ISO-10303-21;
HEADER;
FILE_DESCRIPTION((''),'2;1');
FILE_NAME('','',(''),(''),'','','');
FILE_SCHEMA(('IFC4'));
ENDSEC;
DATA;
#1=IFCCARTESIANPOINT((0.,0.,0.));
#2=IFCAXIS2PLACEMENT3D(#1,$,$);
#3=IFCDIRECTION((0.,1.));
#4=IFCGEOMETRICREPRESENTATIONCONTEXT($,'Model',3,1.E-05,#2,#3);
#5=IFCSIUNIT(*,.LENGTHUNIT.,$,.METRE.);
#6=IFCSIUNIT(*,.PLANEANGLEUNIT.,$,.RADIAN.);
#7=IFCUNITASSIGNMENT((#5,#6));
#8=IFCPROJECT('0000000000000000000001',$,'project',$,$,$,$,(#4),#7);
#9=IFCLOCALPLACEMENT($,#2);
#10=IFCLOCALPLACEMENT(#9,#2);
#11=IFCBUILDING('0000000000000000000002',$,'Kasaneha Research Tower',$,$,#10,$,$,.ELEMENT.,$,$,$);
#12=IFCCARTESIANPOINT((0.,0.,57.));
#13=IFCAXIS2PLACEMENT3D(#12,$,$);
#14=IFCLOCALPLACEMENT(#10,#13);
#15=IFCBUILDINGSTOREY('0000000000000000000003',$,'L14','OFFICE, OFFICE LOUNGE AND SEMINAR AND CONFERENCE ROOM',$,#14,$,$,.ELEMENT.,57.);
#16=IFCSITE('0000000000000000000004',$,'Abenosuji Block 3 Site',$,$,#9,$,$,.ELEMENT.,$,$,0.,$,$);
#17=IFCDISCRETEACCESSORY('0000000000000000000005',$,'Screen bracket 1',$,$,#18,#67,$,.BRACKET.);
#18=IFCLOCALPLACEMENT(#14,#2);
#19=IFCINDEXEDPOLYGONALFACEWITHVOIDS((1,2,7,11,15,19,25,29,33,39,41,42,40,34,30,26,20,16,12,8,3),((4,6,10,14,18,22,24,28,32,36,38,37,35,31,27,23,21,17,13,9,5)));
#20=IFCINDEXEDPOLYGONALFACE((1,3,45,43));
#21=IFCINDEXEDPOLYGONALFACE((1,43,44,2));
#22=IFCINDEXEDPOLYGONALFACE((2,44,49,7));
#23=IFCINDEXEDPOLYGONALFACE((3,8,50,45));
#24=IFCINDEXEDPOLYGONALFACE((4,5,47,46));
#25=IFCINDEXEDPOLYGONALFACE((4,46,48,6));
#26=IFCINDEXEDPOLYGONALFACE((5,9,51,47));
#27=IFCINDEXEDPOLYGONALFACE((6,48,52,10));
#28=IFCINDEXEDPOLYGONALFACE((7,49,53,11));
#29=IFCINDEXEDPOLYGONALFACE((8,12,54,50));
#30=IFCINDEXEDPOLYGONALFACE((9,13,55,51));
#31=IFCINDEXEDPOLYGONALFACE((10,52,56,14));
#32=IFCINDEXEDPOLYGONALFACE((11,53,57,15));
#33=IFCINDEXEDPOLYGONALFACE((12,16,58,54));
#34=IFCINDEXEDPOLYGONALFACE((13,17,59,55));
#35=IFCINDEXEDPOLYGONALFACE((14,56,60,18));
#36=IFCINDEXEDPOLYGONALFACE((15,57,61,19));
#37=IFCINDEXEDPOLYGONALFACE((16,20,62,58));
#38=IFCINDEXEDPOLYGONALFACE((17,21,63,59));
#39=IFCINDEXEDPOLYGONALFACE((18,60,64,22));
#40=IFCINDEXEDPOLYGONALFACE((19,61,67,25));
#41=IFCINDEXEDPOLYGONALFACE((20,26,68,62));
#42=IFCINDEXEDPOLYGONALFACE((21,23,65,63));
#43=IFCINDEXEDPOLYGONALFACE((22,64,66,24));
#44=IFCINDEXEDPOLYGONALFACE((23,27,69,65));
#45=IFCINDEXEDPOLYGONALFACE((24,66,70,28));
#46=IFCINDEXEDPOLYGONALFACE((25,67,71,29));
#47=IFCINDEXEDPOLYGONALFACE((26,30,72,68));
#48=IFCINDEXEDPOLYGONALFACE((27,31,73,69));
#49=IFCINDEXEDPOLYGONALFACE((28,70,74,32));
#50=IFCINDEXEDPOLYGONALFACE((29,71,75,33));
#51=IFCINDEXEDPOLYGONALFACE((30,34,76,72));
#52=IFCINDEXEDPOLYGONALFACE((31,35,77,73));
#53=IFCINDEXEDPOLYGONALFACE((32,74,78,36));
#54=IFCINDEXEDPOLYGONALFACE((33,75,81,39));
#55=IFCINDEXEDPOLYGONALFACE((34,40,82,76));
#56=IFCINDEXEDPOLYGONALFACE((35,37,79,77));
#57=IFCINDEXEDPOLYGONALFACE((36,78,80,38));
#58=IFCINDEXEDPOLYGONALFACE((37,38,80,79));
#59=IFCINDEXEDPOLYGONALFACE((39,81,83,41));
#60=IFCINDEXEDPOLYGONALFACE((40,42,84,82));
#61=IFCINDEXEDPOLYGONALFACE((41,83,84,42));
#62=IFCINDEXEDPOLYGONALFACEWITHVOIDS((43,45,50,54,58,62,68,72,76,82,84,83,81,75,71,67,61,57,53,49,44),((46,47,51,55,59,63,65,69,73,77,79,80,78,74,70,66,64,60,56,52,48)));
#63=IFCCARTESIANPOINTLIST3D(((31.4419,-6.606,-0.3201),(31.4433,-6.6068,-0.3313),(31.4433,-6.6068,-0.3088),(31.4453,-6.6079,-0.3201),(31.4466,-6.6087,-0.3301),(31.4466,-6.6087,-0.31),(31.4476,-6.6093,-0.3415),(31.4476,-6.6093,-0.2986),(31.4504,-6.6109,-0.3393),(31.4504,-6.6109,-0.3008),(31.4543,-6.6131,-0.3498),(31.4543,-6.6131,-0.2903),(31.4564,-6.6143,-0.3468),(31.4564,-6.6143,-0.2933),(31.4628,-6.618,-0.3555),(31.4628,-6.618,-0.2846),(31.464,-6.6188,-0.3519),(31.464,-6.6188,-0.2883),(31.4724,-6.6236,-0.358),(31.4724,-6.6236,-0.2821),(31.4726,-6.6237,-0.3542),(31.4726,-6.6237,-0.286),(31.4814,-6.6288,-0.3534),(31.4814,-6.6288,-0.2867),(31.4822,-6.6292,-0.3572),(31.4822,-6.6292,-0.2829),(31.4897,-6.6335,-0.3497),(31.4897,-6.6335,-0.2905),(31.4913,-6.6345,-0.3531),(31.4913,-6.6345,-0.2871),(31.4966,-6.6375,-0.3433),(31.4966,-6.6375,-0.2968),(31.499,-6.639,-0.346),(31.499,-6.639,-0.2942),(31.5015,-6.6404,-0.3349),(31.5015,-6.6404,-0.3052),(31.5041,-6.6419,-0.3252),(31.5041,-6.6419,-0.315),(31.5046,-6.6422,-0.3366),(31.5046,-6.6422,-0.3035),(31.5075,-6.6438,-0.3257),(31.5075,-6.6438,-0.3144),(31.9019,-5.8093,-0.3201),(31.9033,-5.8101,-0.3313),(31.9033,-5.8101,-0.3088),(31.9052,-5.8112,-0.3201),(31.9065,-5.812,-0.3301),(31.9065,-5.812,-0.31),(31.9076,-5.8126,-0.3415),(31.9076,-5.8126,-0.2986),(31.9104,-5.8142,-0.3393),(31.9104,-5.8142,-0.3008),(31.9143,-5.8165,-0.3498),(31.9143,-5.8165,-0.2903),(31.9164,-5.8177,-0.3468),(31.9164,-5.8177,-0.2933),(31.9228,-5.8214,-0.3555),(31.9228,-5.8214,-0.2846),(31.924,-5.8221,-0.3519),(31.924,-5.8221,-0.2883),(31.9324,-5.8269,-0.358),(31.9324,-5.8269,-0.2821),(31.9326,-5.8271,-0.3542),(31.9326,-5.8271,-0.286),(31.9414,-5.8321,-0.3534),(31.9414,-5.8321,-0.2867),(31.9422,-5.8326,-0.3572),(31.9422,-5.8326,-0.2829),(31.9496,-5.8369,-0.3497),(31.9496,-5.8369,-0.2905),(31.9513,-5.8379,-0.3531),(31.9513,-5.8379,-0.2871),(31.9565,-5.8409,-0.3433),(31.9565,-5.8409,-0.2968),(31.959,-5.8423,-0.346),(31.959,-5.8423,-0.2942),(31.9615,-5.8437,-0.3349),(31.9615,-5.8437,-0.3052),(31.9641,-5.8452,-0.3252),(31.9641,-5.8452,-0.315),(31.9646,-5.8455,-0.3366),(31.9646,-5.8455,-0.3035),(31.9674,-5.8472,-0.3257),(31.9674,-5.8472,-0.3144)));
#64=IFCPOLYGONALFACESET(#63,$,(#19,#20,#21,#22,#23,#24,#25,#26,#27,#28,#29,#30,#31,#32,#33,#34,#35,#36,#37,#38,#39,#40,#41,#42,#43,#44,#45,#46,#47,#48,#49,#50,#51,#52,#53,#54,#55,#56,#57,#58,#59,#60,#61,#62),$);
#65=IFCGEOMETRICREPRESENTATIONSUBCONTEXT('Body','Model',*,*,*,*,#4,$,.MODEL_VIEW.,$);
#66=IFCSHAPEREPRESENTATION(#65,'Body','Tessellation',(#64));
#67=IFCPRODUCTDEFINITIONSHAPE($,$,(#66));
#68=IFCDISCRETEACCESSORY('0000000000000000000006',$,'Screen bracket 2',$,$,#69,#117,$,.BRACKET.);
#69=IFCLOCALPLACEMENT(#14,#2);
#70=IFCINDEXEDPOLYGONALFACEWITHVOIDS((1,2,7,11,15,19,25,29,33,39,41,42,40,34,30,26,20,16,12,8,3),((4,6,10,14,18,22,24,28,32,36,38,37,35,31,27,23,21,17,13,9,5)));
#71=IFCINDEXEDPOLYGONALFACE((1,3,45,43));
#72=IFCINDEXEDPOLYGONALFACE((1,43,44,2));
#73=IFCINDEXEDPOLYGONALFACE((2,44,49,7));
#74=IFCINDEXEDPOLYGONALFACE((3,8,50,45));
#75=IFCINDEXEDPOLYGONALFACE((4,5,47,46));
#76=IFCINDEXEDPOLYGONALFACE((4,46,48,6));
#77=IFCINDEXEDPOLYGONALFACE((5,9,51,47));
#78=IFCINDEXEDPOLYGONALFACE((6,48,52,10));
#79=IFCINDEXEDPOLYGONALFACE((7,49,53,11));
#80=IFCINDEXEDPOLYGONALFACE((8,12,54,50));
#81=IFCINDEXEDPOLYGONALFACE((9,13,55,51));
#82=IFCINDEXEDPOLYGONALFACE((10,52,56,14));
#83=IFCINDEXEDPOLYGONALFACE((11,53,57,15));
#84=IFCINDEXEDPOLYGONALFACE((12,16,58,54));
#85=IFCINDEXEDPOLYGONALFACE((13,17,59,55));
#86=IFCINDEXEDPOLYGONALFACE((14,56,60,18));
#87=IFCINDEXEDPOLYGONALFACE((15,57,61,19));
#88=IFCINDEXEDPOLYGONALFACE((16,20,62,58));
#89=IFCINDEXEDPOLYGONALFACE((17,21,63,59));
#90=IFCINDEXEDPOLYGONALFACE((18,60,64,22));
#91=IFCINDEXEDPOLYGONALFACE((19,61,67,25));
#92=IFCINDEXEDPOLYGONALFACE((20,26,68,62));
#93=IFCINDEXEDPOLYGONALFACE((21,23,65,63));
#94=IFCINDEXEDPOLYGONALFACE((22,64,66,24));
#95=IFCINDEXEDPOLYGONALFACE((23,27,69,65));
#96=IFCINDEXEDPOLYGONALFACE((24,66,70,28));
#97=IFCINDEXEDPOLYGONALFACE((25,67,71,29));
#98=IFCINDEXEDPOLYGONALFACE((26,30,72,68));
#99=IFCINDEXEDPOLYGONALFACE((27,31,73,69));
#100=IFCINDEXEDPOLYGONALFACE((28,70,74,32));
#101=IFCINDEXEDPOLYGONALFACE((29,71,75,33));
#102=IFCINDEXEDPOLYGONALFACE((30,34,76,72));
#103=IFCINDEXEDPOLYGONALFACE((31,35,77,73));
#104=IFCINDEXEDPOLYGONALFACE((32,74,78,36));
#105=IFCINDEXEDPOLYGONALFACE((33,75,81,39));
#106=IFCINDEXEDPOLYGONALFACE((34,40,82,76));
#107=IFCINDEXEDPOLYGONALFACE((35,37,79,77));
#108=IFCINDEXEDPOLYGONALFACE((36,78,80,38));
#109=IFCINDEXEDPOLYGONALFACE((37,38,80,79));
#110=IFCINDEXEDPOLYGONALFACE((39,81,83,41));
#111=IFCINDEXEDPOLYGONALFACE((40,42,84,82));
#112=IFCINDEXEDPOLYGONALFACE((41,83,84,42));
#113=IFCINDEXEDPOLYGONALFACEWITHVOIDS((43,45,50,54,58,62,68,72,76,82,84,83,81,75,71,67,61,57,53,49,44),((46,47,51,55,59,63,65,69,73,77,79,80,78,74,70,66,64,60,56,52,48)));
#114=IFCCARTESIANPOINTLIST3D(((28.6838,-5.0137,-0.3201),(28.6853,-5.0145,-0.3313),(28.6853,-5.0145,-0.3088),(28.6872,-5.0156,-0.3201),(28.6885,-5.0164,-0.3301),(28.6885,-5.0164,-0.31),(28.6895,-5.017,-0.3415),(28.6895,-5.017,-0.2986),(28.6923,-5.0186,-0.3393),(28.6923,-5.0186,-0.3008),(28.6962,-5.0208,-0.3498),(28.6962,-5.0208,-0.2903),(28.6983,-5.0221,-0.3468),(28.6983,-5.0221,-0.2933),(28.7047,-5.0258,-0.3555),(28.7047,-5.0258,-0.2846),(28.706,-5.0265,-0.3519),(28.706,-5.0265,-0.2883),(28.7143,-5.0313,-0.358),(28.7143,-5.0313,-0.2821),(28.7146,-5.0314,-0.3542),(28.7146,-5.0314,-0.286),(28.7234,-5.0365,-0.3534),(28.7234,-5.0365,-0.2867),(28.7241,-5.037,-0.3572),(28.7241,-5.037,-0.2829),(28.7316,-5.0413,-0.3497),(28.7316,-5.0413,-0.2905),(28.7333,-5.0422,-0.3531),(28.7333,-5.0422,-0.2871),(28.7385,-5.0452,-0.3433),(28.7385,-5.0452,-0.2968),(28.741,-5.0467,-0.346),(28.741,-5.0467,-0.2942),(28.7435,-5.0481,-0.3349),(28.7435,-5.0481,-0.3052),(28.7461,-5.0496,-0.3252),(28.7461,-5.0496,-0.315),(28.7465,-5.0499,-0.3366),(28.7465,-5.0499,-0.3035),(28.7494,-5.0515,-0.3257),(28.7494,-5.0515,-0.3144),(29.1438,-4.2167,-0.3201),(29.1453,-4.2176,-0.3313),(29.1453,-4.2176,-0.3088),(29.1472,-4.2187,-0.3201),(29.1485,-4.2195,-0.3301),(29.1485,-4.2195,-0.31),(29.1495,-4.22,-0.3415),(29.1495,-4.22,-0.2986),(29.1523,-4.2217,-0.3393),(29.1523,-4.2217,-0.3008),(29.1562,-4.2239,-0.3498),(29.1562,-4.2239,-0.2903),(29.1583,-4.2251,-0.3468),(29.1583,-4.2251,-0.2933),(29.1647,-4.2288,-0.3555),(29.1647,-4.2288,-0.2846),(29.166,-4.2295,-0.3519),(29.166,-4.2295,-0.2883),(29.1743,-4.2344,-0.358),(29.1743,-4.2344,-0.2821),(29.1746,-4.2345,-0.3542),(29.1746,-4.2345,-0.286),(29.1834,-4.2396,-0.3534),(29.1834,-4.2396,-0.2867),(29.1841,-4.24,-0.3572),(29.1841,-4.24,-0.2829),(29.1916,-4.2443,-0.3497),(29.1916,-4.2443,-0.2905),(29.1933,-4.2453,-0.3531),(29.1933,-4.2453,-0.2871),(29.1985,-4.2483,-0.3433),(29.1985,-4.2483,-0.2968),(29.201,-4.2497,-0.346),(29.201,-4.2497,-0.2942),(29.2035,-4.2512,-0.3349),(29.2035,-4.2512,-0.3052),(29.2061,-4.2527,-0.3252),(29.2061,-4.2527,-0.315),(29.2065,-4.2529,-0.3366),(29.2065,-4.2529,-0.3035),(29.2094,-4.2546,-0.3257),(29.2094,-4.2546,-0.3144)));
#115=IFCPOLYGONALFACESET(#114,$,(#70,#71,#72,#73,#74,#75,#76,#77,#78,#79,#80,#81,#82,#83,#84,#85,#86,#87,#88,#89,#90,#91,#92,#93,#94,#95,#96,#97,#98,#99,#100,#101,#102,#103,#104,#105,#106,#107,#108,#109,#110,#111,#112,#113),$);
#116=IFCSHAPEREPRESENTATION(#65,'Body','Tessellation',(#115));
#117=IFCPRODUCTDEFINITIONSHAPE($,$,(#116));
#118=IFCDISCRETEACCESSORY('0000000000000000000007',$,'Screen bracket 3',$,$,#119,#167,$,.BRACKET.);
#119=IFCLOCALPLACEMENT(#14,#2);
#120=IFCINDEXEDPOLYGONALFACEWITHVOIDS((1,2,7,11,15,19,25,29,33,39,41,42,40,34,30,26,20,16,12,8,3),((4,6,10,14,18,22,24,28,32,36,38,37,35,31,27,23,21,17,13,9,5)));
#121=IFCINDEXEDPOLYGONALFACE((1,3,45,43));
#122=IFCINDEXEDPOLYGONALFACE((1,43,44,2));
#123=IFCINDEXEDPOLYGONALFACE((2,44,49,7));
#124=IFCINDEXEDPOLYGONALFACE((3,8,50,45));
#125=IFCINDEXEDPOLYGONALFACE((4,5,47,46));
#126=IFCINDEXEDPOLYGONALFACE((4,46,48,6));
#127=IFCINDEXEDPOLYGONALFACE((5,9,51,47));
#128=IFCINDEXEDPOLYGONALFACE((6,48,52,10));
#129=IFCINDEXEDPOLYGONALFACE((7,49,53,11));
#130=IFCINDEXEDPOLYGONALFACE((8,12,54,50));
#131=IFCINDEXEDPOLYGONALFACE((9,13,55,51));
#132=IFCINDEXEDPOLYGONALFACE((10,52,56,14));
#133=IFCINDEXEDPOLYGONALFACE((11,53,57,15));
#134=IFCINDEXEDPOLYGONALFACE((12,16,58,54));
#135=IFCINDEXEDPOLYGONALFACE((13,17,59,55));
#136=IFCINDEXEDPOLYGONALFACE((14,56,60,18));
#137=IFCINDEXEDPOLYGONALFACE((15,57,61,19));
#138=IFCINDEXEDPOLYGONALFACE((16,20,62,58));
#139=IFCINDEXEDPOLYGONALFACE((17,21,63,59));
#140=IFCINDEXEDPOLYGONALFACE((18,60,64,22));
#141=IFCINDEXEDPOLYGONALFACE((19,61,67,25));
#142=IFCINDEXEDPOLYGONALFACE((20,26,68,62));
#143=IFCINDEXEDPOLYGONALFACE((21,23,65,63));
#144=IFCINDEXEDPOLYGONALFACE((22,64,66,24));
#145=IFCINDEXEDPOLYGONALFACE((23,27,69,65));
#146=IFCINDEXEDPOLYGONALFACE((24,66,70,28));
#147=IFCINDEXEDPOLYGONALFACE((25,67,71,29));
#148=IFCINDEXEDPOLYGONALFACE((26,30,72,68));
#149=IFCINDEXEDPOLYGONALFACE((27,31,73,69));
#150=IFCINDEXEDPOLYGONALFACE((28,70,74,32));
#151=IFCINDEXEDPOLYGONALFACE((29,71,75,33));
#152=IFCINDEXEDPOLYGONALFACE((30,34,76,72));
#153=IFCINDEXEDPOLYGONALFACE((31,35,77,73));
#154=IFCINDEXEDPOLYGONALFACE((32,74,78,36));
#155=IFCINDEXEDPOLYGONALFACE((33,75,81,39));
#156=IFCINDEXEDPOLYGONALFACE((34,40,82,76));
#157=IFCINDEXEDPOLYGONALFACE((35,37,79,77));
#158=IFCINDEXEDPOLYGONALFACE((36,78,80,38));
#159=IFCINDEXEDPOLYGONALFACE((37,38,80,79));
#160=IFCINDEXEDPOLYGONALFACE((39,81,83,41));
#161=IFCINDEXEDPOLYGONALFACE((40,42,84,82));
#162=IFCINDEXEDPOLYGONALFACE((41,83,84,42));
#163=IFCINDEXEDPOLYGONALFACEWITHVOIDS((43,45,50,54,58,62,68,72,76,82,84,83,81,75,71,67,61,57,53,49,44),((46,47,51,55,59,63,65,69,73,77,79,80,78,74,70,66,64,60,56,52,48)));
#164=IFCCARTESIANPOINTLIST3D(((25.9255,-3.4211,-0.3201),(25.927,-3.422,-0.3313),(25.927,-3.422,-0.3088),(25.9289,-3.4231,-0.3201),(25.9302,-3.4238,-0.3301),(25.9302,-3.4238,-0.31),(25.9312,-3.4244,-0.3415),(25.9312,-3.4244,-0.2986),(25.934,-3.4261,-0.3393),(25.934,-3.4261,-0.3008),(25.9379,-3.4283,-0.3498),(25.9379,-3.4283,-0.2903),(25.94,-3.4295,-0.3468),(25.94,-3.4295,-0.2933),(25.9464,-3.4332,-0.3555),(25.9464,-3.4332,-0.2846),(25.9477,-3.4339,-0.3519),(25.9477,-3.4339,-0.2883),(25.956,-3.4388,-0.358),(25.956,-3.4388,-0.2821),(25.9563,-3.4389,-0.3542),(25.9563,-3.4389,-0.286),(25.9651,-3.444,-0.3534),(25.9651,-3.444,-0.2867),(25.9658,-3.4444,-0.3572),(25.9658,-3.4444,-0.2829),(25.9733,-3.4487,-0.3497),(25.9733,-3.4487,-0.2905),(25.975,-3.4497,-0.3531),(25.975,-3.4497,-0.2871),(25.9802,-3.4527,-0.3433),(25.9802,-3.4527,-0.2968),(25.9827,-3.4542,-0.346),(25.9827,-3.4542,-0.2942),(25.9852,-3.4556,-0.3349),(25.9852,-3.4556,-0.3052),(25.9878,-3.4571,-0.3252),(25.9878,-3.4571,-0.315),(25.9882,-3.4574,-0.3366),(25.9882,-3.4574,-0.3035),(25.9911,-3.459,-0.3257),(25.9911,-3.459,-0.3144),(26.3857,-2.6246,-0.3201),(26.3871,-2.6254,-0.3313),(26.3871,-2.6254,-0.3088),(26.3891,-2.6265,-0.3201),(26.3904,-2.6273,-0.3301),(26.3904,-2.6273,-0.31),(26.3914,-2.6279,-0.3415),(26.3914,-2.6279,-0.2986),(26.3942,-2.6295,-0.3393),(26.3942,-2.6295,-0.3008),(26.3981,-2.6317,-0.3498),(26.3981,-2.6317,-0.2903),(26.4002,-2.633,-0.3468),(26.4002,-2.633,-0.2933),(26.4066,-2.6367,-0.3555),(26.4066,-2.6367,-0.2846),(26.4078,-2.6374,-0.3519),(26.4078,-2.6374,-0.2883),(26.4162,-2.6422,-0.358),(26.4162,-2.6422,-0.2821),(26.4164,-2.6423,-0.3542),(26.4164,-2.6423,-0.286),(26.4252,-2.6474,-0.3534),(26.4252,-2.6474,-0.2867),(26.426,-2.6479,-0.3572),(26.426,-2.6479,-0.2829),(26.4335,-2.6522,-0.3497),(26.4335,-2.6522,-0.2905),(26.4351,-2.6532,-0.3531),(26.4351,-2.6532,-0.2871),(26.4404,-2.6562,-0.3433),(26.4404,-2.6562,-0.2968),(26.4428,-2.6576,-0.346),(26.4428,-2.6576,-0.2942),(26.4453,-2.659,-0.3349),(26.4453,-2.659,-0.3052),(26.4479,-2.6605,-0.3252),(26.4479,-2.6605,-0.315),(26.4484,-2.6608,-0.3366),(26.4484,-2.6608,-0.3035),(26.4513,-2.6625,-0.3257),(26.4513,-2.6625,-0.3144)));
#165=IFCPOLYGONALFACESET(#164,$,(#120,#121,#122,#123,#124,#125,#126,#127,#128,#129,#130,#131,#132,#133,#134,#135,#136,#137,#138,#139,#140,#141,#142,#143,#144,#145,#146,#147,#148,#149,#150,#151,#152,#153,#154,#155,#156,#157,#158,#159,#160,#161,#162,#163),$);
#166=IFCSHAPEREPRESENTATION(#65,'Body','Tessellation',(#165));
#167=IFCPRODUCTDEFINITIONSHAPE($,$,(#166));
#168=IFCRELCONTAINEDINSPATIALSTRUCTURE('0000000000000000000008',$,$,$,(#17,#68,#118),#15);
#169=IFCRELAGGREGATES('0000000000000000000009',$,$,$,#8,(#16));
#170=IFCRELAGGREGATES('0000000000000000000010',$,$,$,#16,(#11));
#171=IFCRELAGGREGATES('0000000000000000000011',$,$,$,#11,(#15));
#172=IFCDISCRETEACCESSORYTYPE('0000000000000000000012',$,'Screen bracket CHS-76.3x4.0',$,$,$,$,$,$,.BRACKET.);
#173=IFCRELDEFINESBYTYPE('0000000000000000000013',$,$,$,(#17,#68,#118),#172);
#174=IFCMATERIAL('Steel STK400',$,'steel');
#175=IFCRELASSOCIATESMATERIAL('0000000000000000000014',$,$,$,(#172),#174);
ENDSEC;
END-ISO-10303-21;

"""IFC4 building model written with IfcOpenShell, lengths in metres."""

from ifc_helpers import new_model, si_unit, direction, frame, origin, origin_2d, place, context, subcontext, project, spatial, hollow_circle, extrude, material, material_profile, profile_set, type_object, element, save


model = new_model("IFC4")

# Units and contexts
model_context = context("Model", 3, precision=1e-05, world=origin(), true_north=direction((0.0, 1.0)))
body_context = subcontext(model_context, "Body", "Model", "MODEL_VIEW")
ifc_project = project(units=[si_unit("LENGTHUNIT", "METRE"), si_unit("PLANEANGLEUNIT", "RADIAN")], contexts=[model_context])

# Site, building, storey
site_placement = place(None, origin())
site = spatial("IfcSite", under=ifc_project, at=site_placement, Name="Abenosuji Block 3 Site", CompositionType="ELEMENT", RefElevation=0.0)
building_placement = place(site_placement, origin())
building = spatial("IfcBuilding", under=site, at=building_placement, Name="Kasaneha Research Tower", CompositionType="ELEMENT")
storey_placement = place(building_placement, frame((0.0, 0.0, 57.0)))
storey = spatial("IfcBuildingStorey", under=building, at=storey_placement, Name="L14", Description="OFFICE, OFFICE LOUNGE AND SEMINAR AND CONFERENCE ROOM", CompositionType="ELEMENT", Elevation=57.0)

# Discrete accessories
ifc_material = material(Name="Steel STK400", Category="steel")
ifc_material_profile = material_profile(ifc_material, hollow_circle(Radius=0.0381, WallThickness=0.0039, at=origin_2d()), Name="CHS-76.3x4.0")
ifc_profile_set = profile_set([ifc_material_profile], Name="Steel STK400")
discrete_accessory_type = type_object("IfcDiscreteAccessoryType", Name="Screen bracket CHS-76.3x4.0", PredefinedType="BRACKET", material=ifc_profile_set)
discrete_accessory_1_placement = place(storey_placement, frame((31.4749, -6.625, -0.3201), z_axis=(0.500021, 0.866013, 0.0), x_axis=(-0.866013, 0.500021, 0.0)))
element("IfcDiscreteAccessory", 1, at=discrete_accessory_1_placement, inside=storey, type_object=discrete_accessory_type, Name="Screen bracket 1", PredefinedType="BRACKET", context=body_context, shape_type="SweptSolid", body=[
    extrude(hollow_circle(Radius=0.0381, WallThickness=0.0039, at=origin_2d()), origin(), (0.0, 0.0, 1.0), 0.9199),
])
discrete_accessory_2_placement = place(storey_placement, frame((28.7168, -5.0327, -0.3201), z_axis=(0.499906, 0.86608, 0.0), x_axis=(-0.86608, 0.499906, 0.0)))
element("IfcDiscreteAccessory", 2, at=discrete_accessory_2_placement, inside=storey, type_object=discrete_accessory_type, Name="Screen bracket 2", PredefinedType="BRACKET", context=body_context, shape_type="SweptSolid", body=[
    extrude(hollow_circle(Radius=0.0381, WallThickness=0.0039, at=origin_2d()), origin(), (0.0, 0.0, 1.0), 0.9202),
])
discrete_accessory_3_placement = place(storey_placement, frame((25.9585, -3.4402, -0.3201), z_axis=(0.50022, 0.865898, 0.0), x_axis=(-0.865898, 0.50022, 0.0)))
element("IfcDiscreteAccessory", 3, at=discrete_accessory_3_placement, inside=storey, type_object=discrete_accessory_type, Name="Screen bracket 3", PredefinedType="BRACKET", context=body_context, shape_type="SweptSolid", body=[
    extrude(hollow_circle(Radius=0.0381, WallThickness=0.0039, at=origin_2d()), origin(), (0.0, 0.0, 1.0), 0.9199),
])

save(model, "model.ifc")
